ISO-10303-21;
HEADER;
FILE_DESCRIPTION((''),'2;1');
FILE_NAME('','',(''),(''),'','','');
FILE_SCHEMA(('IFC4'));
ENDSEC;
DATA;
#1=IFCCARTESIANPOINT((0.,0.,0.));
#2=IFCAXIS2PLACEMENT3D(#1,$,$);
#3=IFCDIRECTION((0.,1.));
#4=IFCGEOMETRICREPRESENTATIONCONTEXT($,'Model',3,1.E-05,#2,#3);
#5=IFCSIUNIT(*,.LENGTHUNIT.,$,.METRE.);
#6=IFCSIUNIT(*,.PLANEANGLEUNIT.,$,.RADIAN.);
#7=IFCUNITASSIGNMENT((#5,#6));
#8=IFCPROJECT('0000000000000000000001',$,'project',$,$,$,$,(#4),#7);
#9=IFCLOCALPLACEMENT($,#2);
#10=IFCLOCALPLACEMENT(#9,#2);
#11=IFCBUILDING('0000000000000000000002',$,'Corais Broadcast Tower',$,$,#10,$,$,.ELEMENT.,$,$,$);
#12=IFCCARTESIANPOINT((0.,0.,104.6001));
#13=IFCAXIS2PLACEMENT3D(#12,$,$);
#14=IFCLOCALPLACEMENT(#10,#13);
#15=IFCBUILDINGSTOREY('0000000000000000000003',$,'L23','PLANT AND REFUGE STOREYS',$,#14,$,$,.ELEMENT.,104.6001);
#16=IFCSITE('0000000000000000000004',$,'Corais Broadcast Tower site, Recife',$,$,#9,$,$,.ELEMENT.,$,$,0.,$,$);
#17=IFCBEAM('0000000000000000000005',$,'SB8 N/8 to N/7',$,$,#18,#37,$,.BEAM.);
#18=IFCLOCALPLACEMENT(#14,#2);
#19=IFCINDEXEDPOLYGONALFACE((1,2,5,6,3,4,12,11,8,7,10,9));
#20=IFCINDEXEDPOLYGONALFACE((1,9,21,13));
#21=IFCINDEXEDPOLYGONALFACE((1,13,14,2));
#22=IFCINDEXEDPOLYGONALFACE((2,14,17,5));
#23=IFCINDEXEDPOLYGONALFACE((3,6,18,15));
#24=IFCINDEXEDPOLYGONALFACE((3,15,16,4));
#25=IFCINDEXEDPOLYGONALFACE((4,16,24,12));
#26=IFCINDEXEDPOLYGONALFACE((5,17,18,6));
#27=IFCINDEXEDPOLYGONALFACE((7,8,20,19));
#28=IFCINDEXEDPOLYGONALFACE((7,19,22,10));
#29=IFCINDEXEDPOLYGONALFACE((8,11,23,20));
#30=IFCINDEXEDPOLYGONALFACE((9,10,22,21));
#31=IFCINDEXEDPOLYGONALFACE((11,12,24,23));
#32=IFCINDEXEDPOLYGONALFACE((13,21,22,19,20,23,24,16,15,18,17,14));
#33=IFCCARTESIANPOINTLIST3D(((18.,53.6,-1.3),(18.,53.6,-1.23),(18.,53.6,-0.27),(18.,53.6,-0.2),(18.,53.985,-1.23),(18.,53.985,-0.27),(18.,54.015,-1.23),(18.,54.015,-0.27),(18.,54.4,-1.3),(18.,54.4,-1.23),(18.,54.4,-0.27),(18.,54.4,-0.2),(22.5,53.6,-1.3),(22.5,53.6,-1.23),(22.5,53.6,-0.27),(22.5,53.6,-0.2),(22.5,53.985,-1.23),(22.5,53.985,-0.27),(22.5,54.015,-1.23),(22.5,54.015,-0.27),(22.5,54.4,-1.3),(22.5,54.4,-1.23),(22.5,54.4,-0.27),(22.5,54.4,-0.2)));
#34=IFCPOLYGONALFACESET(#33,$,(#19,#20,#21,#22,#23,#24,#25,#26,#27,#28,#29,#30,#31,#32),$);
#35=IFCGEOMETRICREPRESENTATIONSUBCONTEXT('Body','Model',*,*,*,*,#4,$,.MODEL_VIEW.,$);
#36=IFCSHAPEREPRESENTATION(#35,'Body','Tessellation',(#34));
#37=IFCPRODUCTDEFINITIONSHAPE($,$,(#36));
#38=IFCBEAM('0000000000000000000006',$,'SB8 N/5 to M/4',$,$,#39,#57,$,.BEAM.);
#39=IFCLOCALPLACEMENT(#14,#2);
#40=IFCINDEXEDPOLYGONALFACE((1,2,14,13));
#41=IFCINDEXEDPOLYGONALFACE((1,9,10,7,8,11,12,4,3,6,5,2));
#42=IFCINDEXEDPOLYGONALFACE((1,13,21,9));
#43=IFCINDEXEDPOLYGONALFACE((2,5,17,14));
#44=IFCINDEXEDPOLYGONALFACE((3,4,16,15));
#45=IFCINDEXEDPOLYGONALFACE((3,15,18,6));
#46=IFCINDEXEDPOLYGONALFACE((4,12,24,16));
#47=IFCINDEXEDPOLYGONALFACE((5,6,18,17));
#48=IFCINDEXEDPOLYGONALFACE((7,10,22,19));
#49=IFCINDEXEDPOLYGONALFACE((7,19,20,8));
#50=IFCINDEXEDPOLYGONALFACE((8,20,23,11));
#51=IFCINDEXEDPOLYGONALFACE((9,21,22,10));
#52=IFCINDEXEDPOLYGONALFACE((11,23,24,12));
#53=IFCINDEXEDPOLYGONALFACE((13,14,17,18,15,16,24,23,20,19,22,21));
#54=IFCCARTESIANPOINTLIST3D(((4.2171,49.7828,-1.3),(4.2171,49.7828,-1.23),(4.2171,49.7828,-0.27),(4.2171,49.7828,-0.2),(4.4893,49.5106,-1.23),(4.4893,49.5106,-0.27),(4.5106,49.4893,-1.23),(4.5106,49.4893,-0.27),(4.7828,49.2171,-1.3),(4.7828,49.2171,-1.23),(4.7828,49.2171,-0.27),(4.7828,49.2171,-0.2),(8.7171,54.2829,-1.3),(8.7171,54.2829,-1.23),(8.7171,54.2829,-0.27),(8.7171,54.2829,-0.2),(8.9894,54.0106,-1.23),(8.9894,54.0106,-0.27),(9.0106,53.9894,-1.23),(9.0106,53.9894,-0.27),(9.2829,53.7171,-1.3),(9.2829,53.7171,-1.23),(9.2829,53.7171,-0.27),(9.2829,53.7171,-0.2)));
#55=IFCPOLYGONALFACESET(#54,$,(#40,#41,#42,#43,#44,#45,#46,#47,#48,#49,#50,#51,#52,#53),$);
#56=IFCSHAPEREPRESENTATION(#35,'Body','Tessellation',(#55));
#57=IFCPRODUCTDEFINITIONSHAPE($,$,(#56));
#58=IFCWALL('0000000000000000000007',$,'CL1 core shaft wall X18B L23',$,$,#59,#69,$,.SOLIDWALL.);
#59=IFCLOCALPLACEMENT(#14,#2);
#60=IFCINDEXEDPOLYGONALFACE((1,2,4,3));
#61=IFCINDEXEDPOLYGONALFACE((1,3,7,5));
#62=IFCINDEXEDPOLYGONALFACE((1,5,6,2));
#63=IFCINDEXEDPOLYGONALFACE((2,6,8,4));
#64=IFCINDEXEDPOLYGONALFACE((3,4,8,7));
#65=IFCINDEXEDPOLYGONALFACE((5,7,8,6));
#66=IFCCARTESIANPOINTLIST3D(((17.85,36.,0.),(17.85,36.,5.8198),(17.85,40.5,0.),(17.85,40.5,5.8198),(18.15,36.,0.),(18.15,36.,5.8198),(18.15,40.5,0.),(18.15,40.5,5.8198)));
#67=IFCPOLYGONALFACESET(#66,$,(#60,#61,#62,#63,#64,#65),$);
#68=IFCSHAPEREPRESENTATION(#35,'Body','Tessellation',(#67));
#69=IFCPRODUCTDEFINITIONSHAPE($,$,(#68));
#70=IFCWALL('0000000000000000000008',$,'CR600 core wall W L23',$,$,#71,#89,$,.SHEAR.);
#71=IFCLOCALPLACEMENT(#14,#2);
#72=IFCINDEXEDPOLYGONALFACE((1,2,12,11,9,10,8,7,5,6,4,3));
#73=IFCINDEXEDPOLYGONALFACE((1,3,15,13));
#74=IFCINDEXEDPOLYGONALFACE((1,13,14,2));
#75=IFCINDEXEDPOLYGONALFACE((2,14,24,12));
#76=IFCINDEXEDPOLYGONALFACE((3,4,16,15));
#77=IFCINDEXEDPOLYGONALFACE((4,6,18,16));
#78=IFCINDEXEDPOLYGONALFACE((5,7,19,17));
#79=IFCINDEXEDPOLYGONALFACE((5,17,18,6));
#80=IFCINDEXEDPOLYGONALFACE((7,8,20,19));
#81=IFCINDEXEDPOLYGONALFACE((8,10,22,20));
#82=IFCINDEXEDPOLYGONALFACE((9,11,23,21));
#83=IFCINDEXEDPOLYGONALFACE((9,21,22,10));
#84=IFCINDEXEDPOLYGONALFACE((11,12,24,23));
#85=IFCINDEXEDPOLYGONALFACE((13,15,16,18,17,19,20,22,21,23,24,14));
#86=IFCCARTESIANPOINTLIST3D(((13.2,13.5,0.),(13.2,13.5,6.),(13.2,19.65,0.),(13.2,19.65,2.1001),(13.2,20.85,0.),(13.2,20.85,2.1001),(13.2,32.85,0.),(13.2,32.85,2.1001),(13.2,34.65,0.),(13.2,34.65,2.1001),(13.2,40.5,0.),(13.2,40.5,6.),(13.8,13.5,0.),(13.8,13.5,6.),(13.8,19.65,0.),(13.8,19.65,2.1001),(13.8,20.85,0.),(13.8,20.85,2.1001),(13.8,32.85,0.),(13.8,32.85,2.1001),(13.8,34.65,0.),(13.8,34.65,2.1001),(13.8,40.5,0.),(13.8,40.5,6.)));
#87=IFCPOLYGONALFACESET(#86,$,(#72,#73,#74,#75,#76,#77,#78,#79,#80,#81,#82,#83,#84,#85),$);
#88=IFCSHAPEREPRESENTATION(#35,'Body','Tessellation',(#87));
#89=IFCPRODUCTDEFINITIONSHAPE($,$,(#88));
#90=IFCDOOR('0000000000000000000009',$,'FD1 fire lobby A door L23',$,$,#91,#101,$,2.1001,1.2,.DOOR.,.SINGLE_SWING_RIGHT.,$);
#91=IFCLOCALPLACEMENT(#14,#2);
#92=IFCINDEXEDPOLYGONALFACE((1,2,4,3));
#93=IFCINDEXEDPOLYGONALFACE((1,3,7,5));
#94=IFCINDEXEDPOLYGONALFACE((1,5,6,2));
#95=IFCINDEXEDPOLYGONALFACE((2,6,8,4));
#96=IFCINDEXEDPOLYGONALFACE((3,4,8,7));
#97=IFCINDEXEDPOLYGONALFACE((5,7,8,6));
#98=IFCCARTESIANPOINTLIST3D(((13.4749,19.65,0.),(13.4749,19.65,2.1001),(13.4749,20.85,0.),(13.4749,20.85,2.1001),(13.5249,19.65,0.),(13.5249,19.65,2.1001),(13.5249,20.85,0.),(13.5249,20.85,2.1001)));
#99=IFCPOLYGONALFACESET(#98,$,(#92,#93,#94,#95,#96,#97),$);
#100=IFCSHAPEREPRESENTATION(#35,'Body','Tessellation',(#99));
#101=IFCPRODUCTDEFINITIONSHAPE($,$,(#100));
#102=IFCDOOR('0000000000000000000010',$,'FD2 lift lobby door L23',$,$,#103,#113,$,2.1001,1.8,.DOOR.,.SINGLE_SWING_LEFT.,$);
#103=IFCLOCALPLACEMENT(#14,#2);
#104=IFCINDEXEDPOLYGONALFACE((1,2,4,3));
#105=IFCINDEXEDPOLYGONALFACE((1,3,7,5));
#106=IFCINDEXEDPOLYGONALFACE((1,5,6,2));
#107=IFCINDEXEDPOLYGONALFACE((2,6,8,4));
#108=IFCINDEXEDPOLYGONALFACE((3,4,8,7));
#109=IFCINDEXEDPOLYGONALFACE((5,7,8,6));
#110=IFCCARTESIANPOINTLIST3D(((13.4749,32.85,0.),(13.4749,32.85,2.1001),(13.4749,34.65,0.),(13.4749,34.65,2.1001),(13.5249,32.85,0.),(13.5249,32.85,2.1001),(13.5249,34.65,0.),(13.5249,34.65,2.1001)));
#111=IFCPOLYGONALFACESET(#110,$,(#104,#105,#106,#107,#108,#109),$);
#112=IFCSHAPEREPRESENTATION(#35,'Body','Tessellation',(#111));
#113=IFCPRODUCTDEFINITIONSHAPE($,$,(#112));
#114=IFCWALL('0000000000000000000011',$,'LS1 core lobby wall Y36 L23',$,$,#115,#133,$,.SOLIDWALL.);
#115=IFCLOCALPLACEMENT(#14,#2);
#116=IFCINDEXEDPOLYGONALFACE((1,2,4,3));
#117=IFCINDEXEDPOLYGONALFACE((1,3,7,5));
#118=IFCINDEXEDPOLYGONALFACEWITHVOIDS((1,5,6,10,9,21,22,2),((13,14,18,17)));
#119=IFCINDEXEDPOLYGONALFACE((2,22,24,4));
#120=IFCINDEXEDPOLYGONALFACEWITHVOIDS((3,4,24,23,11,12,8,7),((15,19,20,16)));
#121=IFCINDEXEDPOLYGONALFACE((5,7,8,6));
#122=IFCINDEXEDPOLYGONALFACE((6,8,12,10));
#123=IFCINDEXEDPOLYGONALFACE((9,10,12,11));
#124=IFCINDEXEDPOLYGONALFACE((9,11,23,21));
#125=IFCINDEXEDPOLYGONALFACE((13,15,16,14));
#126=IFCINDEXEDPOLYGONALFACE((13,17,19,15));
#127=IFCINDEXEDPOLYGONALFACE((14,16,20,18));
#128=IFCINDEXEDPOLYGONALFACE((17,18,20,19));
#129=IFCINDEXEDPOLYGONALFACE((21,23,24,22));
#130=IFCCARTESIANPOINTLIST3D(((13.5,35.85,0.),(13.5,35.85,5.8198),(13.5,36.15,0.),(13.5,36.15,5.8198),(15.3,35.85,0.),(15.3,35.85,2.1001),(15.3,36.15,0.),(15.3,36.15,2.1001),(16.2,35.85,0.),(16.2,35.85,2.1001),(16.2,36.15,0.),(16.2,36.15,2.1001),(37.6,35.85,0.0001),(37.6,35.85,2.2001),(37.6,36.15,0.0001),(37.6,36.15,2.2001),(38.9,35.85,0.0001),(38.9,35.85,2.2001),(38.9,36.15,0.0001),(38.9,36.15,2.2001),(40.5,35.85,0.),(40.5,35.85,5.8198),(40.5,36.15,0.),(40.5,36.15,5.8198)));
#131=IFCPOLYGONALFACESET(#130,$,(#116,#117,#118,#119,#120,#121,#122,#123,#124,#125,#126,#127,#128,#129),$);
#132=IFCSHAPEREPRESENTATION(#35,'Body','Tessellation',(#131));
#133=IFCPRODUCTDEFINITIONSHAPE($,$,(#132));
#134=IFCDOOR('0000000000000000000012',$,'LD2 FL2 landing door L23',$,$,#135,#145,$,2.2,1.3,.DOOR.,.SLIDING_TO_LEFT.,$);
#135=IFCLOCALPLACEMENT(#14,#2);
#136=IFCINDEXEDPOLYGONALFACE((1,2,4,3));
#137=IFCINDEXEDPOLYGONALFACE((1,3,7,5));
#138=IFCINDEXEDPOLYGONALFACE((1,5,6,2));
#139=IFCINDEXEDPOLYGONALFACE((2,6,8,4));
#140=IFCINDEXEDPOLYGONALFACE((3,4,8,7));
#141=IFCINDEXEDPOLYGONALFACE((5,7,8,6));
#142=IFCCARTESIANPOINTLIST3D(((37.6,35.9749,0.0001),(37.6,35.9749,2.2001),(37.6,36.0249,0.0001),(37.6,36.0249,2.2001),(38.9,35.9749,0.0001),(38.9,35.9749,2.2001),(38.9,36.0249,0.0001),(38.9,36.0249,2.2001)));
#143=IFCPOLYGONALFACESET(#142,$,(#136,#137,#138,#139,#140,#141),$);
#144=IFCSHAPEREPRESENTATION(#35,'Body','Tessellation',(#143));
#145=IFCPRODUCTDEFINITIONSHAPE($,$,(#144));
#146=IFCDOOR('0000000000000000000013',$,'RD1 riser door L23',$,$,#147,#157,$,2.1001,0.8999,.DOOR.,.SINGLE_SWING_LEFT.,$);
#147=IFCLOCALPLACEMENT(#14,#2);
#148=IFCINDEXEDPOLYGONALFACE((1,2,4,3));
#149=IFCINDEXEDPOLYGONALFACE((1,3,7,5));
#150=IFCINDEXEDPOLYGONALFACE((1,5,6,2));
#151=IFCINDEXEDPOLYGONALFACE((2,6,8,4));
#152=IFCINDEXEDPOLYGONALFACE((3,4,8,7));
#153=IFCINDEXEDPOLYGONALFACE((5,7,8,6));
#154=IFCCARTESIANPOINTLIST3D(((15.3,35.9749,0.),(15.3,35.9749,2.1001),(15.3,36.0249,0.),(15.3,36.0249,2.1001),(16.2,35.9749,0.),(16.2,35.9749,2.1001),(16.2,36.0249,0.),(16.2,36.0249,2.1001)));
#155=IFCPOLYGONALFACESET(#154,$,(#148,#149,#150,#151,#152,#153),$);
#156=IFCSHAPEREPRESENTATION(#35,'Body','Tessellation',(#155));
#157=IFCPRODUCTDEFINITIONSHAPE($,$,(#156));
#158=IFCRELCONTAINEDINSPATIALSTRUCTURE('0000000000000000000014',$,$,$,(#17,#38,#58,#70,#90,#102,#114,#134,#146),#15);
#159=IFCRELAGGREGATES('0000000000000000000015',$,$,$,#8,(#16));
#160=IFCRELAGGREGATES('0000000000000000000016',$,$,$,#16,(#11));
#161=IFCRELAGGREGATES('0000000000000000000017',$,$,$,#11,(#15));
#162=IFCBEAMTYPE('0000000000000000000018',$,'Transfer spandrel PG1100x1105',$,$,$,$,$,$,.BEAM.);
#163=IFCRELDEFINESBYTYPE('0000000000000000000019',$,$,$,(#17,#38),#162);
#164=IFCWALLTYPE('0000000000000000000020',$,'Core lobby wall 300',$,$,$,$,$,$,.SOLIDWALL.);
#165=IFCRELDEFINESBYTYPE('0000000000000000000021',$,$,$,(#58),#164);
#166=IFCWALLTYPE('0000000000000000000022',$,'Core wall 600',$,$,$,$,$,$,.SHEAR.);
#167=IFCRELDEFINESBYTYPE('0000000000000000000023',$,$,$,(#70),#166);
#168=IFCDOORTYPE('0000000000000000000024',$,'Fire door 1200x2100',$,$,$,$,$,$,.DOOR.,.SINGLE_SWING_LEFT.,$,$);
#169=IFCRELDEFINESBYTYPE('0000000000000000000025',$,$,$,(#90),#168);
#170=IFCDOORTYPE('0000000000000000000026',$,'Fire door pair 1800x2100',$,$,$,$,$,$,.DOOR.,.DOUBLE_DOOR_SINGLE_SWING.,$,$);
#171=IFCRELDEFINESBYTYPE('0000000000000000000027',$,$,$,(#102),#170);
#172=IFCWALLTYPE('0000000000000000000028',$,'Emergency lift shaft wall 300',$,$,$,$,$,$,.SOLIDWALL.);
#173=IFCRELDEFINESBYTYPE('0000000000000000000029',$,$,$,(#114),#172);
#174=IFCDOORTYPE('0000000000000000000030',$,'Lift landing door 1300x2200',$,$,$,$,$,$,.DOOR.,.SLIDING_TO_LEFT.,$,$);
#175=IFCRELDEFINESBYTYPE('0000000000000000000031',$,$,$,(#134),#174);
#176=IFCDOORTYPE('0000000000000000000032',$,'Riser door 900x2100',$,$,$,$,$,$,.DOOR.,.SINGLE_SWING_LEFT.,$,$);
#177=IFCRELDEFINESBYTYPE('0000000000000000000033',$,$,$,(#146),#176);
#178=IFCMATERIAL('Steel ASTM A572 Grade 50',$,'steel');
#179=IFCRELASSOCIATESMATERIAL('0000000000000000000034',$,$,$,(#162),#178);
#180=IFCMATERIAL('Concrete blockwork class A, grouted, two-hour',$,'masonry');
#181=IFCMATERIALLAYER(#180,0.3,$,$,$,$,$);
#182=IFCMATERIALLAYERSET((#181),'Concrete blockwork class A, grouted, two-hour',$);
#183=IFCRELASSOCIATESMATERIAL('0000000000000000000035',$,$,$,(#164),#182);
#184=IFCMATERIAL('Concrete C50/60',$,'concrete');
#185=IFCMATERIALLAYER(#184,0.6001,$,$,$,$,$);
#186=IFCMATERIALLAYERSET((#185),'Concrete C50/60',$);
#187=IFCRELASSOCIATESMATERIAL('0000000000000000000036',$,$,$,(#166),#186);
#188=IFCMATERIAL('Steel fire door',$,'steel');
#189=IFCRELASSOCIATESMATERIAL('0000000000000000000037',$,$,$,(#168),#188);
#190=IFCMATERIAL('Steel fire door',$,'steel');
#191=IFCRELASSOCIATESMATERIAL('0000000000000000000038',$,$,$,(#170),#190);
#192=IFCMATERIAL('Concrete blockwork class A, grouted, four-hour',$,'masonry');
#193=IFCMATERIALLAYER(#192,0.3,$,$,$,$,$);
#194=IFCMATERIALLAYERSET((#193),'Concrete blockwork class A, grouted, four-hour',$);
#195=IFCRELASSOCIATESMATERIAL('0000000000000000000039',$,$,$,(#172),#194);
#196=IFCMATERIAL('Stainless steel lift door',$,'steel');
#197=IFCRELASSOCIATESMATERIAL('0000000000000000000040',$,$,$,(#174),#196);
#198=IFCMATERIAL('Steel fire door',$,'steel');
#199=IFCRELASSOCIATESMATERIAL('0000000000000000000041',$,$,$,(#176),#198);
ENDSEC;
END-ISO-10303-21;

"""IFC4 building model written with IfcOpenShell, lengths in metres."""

from ifc_helpers import new_model, si_unit, direction, frame, frame_2d, origin, origin_2d, place, context, subcontext, project, spatial, rectangle, i_section, extrude, material, layer, layer_set, material_profile, profile_set, type_object, element, fill, save


model = new_model("IFC4")

# Units and contexts
model_context = context("Model", 3, precision=1e-05, world=origin(), true_north=direction((0.0, 1.0)))
body_context = subcontext(model_context, "Body", "Model", "MODEL_VIEW")
ifc_project = project(units=[si_unit("LENGTHUNIT", "METRE"), si_unit("PLANEANGLEUNIT", "RADIAN")], contexts=[model_context])

# Site, building, storey
site_placement = place(None, origin())
site = spatial("IfcSite", under=ifc_project, at=site_placement, Name="Corais Broadcast Tower site, Recife", CompositionType="ELEMENT", RefElevation=0.0)
building_placement = place(site_placement, origin())
building = spatial("IfcBuilding", under=site, at=building_placement, Name="Corais Broadcast Tower", CompositionType="ELEMENT")
storey_placement = place(building_placement, frame((0.0, 0.0, 104.6001)))
storey = spatial("IfcBuildingStorey", under=building, at=storey_placement, Name="L23", Description="PLANT AND REFUGE STOREYS", CompositionType="ELEMENT", Elevation=104.6001)

# Beams
ifc_material_1 = material(Name="Steel ASTM A572 Grade 50", Category="steel")
ifc_material_profile_1 = material_profile(ifc_material_1, i_section(OverallWidth=0.8, OverallDepth=1.1001, WebThickness=0.03, FlangeThickness=0.0701, at=origin_2d()), Name="PG1100x1105")
ifc_profile_set_1 = profile_set([ifc_material_profile_1], Name="Steel ASTM A572 Grade 50")
beam_type_1 = type_object("IfcBeamType", Name="Transfer spandrel PG1100x1105", PredefinedType="BEAM", material=ifc_profile_set_1)
for number, where, z_axis, x_axis, name in (
    (1, (22.5, 54.0, -0.75), (-1.0, 0.0, 0.0), (0.0, -1.0, 0.0), "SB8 N/8 to N/7"),
):
    element("IfcBeam", number, at=place(storey_placement, frame(where, z_axis=z_axis, x_axis=x_axis)), inside=storey, type_object=beam_type_1, Name=name, PredefinedType="BEAM", context=body_context, shape_type="SweptSolid", body=[
        extrude(i_section(OverallWidth=0.8, OverallDepth=1.1001, WebThickness=0.03, FlangeThickness=0.0701, at=origin_2d()), origin(), (0.0, 0.0, 1.0), 4.5),
    ])
beam_1_placement = place(storey_placement, frame((9.0, 54.0, -0.75), z_axis=(-0.707107, -0.707107, 0.0), x_axis=(0.707107, -0.707107, 0.0)))
element("IfcBeam", 2, at=beam_1_placement, inside=storey, type_object=beam_type_1, Name="SB8 N/5 to M/4", PredefinedType="BEAM", context=body_context, shape_type="SweptSolid", body=[
    extrude(i_section(OverallWidth=0.8, OverallDepth=1.1001, WebThickness=0.03, FlangeThickness=0.0701, at=origin_2d()), origin(), (0.0, 0.0, 1.0), 6.364),
])

# Wall
ifc_material_2 = material(Name="Concrete blockwork class A, grouted, two-hour", Category="masonry")
ifc_layer_1 = layer(ifc_material_2, 0.3)
ifc_layer_set_1 = layer_set([ifc_layer_1], Name="Concrete blockwork class A, grouted, two-hour")
wall_type_1 = type_object("IfcWallType", Name="Core lobby wall 300", PredefinedType="SOLIDWALL", material=ifc_layer_set_1)
wall_1_placement = place(storey_placement, frame((18.0, 36.0, 0.0), z_axis=(0.0, 0.0, 1.0), x_axis=(0.0, 1.0, 0.0)))
element("IfcWall", 3, at=wall_1_placement, inside=storey, type_object=wall_type_1, Name="CL1 core shaft wall X18B L23", PredefinedType="SOLIDWALL", context=body_context, shape_type="SweptSolid", body=[
    extrude(rectangle(XDim=4.5, YDim=0.3, at=frame_2d((2.25, 0.0))), origin(), (0.0, 0.0, 1.0), 5.8198),
])

# Walls, openings, doors
ifc_material_3 = material(Name="Concrete C50/60", Category="concrete")
ifc_layer_2 = layer(ifc_material_3, 0.6001)
ifc_layer_set_2 = layer_set([ifc_layer_2], Name="Concrete C50/60")
wall_type_2 = type_object("IfcWallType", Name="Core wall 600", PredefinedType="SHEAR", material=ifc_layer_set_2)
wall_2_placement = place(storey_placement, frame((13.5, 40.5, 0.0), z_axis=(0.0, 0.0, 1.0), x_axis=(0.0, -1.0, 0.0)))
wall_2 = element("IfcWall", 4, at=wall_2_placement, inside=storey, type_object=wall_type_2, Name="CR600 core wall W L23", PredefinedType="SHEAR", context=body_context, shape_type="SweptSolid", body=[
    extrude(rectangle(XDim=27.0, YDim=0.6001, at=frame_2d((13.5, 0.0))), origin(), (0.0, 0.0, 1.0), 6.0),
])
opening_1_placement = place(wall_2_placement, frame((19.6499, 0.0, 0.0)))
opening_1 = element("IfcOpeningElement", 5, at=opening_1_placement, cuts=wall_2, PredefinedType="OPENING", context=body_context, shape_type="SweptSolid", body=[
    extrude(rectangle(XDim=1.2, YDim=2.1001, at=frame_2d((0.6001, 1.05))), frame((0.0, 0.3101, 0.0), z_axis=(0.0, -1.0, 0.0), x_axis=(1.0, 0.0, 0.0)), (0.0, 0.0, 1.0), 0.6201),
])
opening_2_placement = place(wall_2_placement, frame((5.8501, 0.0, 0.0)))
opening_2 = element("IfcOpeningElement", 6, at=opening_2_placement, cuts=wall_2, PredefinedType="OPENING", context=body_context, shape_type="SweptSolid", body=[
    extrude(rectangle(XDim=1.8, YDim=2.1001, at=frame_2d((0.8999, 1.05))), frame((0.0, 0.3101, 0.0), z_axis=(0.0, -1.0, 0.0), x_axis=(1.0, 0.0, 0.0)), (0.0, 0.0, 1.0), 0.6201),
])
ifc_material_4 = material(Name="Steel fire door", Category="steel")
door_type_1 = type_object("IfcDoorType", Name="Fire door 1200x2100", OperationType="SINGLE_SWING_LEFT", PredefinedType="DOOR", material=ifc_material_4)
door_1_placement = place(opening_1_placement, origin())
door_1 = element("IfcDoor", 7, at=door_1_placement, inside=storey, type_object=door_type_1, Name="FD1 fire lobby A door L23", OperationType="SINGLE_SWING_RIGHT", OverallHeight=2.1001, OverallWidth=1.2, PredefinedType="DOOR", context=body_context, shape_type="SweptSolid", body=[
    extrude(rectangle(XDim=1.2, YDim=2.1001, at=frame_2d((0.6001, 1.05))), frame((0.0, 0.0249, 0.0), z_axis=(0.0, -1.0, 0.0), x_axis=(1.0, 0.0, 0.0)), (0.0, 0.0, 1.0), 0.05),
])
fill(opening_1, door_1)
ifc_material_5 = material(Name="Steel fire door", Category="steel")
door_type_2 = type_object("IfcDoorType", Name="Fire door pair 1800x2100", OperationType="DOUBLE_DOOR_SINGLE_SWING", PredefinedType="DOOR", material=ifc_material_5)
door_2_placement = place(opening_2_placement, origin())
door_2 = element("IfcDoor", 8, at=door_2_placement, inside=storey, type_object=door_type_2, Name="FD2 lift lobby door L23", OperationType="SINGLE_SWING_LEFT", OverallHeight=2.1001, OverallWidth=1.8, PredefinedType="DOOR", context=body_context, shape_type="SweptSolid", body=[
    extrude(rectangle(XDim=1.8, YDim=2.1001, at=frame_2d((0.8999, 1.05))), frame((0.0, 0.0249, 0.0), z_axis=(0.0, -1.0, 0.0), x_axis=(1.0, 0.0, 0.0)), (0.0, 0.0, 1.0), 0.05),
])
fill(opening_2, door_2)
ifc_material_6 = material(Name="Concrete blockwork class A, grouted, four-hour", Category="masonry")
ifc_layer_3 = layer(ifc_material_6, 0.3)
ifc_layer_set_3 = layer_set([ifc_layer_3], Name="Concrete blockwork class A, grouted, four-hour")
wall_type_3 = type_object("IfcWallType", Name="Emergency lift shaft wall 300", PredefinedType="SOLIDWALL", material=ifc_layer_set_3)
wall_3_placement = place(storey_placement, frame((13.5, 36.0, 0.0), z_axis=(0.0, 0.0, 1.0), x_axis=(1.0, 0.0, 0.0)))
wall_3 = element("IfcWall", 9, at=wall_3_placement, inside=storey, type_object=wall_type_3, Name="LS1 core lobby wall Y36 L23", PredefinedType="SOLIDWALL", context=body_context, shape_type="SweptSolid", body=[
    extrude(rectangle(XDim=27.0, YDim=0.3, at=frame_2d((13.5, 0.0))), origin(), (0.0, 0.0, 1.0), 5.8198),
])
opening_3_placement = place(wall_3_placement, frame((1.8, 0.0, 0.0)))
opening_3 = element("IfcOpeningElement", 10, at=opening_3_placement, cuts=wall_3, PredefinedType="OPENING", context=body_context, shape_type="SweptSolid", body=[
    extrude(rectangle(XDim=0.8999, YDim=2.1001, at=frame_2d((0.45, 1.05))), frame((0.0, 0.1599, 0.0), z_axis=(0.0, -1.0, 0.0), x_axis=(1.0, 0.0, 0.0)), (0.0, 0.0, 1.0), 0.3201),
])
opening_4_placement = place(wall_3_placement, frame((24.1001, 0.0, 0.0)))
opening_4 = element("IfcOpeningElement", 11, at=opening_4_placement, cuts=wall_3, PredefinedType="OPENING", context=body_context, shape_type="SweptSolid", body=[
    extrude(rectangle(XDim=1.3, YDim=2.2, at=frame_2d((0.6499, 1.1001))), frame((0.0, 0.1599, 0.0), z_axis=(0.0, -1.0, 0.0), x_axis=(1.0, 0.0, 0.0)), (0.0, 0.0, 1.0), 0.3201),
])
ifc_material_7 = material(Name="Stainless steel lift door", Category="steel")
door_type_3 = type_object("IfcDoorType", Name="Lift landing door 1300x2200", OperationType="SLIDING_TO_LEFT", PredefinedType="DOOR", material=ifc_material_7)
door_3_placement = place(opening_4_placement, origin())
door_3 = element("IfcDoor", 12, at=door_3_placement, inside=storey, type_object=door_type_3, Name="LD2 FL2 landing door L23", OperationType="SLIDING_TO_LEFT", OverallHeight=2.2, OverallWidth=1.3, PredefinedType="DOOR", context=body_context, shape_type="SweptSolid", body=[
    extrude(rectangle(XDim=1.3, YDim=2.2, at=frame_2d((0.6499, 1.1001))), frame((0.0, 0.0249, 0.0), z_axis=(0.0, -1.0, 0.0), x_axis=(1.0, 0.0, 0.0)), (0.0, 0.0, 1.0), 0.05),
])
fill(opening_4, door_3)
ifc_material_8 = material(Name="Steel fire door", Category="steel")
door_type_4 = type_object("IfcDoorType", Name="Riser door 900x2100", OperationType="SINGLE_SWING_LEFT", PredefinedType="DOOR", material=ifc_material_8)
door_4_placement = place(opening_3_placement, origin())
door_4 = element("IfcDoor", 13, at=door_4_placement, inside=storey, type_object=door_type_4, Name="RD1 riser door L23", OperationType="SINGLE_SWING_LEFT", OverallHeight=2.1001, OverallWidth=0.8999, PredefinedType="DOOR", context=body_context, shape_type="SweptSolid", body=[
    extrude(rectangle(XDim=0.8999, YDim=2.1001, at=frame_2d((0.45, 1.05))), frame((0.0, 0.0249, 0.0), z_axis=(0.0, -1.0, 0.0), x_axis=(1.0, 0.0, 0.0)), (0.0, 0.0, 1.0), 0.05),
])
fill(opening_3, door_4)

save(model, "model.ifc")
